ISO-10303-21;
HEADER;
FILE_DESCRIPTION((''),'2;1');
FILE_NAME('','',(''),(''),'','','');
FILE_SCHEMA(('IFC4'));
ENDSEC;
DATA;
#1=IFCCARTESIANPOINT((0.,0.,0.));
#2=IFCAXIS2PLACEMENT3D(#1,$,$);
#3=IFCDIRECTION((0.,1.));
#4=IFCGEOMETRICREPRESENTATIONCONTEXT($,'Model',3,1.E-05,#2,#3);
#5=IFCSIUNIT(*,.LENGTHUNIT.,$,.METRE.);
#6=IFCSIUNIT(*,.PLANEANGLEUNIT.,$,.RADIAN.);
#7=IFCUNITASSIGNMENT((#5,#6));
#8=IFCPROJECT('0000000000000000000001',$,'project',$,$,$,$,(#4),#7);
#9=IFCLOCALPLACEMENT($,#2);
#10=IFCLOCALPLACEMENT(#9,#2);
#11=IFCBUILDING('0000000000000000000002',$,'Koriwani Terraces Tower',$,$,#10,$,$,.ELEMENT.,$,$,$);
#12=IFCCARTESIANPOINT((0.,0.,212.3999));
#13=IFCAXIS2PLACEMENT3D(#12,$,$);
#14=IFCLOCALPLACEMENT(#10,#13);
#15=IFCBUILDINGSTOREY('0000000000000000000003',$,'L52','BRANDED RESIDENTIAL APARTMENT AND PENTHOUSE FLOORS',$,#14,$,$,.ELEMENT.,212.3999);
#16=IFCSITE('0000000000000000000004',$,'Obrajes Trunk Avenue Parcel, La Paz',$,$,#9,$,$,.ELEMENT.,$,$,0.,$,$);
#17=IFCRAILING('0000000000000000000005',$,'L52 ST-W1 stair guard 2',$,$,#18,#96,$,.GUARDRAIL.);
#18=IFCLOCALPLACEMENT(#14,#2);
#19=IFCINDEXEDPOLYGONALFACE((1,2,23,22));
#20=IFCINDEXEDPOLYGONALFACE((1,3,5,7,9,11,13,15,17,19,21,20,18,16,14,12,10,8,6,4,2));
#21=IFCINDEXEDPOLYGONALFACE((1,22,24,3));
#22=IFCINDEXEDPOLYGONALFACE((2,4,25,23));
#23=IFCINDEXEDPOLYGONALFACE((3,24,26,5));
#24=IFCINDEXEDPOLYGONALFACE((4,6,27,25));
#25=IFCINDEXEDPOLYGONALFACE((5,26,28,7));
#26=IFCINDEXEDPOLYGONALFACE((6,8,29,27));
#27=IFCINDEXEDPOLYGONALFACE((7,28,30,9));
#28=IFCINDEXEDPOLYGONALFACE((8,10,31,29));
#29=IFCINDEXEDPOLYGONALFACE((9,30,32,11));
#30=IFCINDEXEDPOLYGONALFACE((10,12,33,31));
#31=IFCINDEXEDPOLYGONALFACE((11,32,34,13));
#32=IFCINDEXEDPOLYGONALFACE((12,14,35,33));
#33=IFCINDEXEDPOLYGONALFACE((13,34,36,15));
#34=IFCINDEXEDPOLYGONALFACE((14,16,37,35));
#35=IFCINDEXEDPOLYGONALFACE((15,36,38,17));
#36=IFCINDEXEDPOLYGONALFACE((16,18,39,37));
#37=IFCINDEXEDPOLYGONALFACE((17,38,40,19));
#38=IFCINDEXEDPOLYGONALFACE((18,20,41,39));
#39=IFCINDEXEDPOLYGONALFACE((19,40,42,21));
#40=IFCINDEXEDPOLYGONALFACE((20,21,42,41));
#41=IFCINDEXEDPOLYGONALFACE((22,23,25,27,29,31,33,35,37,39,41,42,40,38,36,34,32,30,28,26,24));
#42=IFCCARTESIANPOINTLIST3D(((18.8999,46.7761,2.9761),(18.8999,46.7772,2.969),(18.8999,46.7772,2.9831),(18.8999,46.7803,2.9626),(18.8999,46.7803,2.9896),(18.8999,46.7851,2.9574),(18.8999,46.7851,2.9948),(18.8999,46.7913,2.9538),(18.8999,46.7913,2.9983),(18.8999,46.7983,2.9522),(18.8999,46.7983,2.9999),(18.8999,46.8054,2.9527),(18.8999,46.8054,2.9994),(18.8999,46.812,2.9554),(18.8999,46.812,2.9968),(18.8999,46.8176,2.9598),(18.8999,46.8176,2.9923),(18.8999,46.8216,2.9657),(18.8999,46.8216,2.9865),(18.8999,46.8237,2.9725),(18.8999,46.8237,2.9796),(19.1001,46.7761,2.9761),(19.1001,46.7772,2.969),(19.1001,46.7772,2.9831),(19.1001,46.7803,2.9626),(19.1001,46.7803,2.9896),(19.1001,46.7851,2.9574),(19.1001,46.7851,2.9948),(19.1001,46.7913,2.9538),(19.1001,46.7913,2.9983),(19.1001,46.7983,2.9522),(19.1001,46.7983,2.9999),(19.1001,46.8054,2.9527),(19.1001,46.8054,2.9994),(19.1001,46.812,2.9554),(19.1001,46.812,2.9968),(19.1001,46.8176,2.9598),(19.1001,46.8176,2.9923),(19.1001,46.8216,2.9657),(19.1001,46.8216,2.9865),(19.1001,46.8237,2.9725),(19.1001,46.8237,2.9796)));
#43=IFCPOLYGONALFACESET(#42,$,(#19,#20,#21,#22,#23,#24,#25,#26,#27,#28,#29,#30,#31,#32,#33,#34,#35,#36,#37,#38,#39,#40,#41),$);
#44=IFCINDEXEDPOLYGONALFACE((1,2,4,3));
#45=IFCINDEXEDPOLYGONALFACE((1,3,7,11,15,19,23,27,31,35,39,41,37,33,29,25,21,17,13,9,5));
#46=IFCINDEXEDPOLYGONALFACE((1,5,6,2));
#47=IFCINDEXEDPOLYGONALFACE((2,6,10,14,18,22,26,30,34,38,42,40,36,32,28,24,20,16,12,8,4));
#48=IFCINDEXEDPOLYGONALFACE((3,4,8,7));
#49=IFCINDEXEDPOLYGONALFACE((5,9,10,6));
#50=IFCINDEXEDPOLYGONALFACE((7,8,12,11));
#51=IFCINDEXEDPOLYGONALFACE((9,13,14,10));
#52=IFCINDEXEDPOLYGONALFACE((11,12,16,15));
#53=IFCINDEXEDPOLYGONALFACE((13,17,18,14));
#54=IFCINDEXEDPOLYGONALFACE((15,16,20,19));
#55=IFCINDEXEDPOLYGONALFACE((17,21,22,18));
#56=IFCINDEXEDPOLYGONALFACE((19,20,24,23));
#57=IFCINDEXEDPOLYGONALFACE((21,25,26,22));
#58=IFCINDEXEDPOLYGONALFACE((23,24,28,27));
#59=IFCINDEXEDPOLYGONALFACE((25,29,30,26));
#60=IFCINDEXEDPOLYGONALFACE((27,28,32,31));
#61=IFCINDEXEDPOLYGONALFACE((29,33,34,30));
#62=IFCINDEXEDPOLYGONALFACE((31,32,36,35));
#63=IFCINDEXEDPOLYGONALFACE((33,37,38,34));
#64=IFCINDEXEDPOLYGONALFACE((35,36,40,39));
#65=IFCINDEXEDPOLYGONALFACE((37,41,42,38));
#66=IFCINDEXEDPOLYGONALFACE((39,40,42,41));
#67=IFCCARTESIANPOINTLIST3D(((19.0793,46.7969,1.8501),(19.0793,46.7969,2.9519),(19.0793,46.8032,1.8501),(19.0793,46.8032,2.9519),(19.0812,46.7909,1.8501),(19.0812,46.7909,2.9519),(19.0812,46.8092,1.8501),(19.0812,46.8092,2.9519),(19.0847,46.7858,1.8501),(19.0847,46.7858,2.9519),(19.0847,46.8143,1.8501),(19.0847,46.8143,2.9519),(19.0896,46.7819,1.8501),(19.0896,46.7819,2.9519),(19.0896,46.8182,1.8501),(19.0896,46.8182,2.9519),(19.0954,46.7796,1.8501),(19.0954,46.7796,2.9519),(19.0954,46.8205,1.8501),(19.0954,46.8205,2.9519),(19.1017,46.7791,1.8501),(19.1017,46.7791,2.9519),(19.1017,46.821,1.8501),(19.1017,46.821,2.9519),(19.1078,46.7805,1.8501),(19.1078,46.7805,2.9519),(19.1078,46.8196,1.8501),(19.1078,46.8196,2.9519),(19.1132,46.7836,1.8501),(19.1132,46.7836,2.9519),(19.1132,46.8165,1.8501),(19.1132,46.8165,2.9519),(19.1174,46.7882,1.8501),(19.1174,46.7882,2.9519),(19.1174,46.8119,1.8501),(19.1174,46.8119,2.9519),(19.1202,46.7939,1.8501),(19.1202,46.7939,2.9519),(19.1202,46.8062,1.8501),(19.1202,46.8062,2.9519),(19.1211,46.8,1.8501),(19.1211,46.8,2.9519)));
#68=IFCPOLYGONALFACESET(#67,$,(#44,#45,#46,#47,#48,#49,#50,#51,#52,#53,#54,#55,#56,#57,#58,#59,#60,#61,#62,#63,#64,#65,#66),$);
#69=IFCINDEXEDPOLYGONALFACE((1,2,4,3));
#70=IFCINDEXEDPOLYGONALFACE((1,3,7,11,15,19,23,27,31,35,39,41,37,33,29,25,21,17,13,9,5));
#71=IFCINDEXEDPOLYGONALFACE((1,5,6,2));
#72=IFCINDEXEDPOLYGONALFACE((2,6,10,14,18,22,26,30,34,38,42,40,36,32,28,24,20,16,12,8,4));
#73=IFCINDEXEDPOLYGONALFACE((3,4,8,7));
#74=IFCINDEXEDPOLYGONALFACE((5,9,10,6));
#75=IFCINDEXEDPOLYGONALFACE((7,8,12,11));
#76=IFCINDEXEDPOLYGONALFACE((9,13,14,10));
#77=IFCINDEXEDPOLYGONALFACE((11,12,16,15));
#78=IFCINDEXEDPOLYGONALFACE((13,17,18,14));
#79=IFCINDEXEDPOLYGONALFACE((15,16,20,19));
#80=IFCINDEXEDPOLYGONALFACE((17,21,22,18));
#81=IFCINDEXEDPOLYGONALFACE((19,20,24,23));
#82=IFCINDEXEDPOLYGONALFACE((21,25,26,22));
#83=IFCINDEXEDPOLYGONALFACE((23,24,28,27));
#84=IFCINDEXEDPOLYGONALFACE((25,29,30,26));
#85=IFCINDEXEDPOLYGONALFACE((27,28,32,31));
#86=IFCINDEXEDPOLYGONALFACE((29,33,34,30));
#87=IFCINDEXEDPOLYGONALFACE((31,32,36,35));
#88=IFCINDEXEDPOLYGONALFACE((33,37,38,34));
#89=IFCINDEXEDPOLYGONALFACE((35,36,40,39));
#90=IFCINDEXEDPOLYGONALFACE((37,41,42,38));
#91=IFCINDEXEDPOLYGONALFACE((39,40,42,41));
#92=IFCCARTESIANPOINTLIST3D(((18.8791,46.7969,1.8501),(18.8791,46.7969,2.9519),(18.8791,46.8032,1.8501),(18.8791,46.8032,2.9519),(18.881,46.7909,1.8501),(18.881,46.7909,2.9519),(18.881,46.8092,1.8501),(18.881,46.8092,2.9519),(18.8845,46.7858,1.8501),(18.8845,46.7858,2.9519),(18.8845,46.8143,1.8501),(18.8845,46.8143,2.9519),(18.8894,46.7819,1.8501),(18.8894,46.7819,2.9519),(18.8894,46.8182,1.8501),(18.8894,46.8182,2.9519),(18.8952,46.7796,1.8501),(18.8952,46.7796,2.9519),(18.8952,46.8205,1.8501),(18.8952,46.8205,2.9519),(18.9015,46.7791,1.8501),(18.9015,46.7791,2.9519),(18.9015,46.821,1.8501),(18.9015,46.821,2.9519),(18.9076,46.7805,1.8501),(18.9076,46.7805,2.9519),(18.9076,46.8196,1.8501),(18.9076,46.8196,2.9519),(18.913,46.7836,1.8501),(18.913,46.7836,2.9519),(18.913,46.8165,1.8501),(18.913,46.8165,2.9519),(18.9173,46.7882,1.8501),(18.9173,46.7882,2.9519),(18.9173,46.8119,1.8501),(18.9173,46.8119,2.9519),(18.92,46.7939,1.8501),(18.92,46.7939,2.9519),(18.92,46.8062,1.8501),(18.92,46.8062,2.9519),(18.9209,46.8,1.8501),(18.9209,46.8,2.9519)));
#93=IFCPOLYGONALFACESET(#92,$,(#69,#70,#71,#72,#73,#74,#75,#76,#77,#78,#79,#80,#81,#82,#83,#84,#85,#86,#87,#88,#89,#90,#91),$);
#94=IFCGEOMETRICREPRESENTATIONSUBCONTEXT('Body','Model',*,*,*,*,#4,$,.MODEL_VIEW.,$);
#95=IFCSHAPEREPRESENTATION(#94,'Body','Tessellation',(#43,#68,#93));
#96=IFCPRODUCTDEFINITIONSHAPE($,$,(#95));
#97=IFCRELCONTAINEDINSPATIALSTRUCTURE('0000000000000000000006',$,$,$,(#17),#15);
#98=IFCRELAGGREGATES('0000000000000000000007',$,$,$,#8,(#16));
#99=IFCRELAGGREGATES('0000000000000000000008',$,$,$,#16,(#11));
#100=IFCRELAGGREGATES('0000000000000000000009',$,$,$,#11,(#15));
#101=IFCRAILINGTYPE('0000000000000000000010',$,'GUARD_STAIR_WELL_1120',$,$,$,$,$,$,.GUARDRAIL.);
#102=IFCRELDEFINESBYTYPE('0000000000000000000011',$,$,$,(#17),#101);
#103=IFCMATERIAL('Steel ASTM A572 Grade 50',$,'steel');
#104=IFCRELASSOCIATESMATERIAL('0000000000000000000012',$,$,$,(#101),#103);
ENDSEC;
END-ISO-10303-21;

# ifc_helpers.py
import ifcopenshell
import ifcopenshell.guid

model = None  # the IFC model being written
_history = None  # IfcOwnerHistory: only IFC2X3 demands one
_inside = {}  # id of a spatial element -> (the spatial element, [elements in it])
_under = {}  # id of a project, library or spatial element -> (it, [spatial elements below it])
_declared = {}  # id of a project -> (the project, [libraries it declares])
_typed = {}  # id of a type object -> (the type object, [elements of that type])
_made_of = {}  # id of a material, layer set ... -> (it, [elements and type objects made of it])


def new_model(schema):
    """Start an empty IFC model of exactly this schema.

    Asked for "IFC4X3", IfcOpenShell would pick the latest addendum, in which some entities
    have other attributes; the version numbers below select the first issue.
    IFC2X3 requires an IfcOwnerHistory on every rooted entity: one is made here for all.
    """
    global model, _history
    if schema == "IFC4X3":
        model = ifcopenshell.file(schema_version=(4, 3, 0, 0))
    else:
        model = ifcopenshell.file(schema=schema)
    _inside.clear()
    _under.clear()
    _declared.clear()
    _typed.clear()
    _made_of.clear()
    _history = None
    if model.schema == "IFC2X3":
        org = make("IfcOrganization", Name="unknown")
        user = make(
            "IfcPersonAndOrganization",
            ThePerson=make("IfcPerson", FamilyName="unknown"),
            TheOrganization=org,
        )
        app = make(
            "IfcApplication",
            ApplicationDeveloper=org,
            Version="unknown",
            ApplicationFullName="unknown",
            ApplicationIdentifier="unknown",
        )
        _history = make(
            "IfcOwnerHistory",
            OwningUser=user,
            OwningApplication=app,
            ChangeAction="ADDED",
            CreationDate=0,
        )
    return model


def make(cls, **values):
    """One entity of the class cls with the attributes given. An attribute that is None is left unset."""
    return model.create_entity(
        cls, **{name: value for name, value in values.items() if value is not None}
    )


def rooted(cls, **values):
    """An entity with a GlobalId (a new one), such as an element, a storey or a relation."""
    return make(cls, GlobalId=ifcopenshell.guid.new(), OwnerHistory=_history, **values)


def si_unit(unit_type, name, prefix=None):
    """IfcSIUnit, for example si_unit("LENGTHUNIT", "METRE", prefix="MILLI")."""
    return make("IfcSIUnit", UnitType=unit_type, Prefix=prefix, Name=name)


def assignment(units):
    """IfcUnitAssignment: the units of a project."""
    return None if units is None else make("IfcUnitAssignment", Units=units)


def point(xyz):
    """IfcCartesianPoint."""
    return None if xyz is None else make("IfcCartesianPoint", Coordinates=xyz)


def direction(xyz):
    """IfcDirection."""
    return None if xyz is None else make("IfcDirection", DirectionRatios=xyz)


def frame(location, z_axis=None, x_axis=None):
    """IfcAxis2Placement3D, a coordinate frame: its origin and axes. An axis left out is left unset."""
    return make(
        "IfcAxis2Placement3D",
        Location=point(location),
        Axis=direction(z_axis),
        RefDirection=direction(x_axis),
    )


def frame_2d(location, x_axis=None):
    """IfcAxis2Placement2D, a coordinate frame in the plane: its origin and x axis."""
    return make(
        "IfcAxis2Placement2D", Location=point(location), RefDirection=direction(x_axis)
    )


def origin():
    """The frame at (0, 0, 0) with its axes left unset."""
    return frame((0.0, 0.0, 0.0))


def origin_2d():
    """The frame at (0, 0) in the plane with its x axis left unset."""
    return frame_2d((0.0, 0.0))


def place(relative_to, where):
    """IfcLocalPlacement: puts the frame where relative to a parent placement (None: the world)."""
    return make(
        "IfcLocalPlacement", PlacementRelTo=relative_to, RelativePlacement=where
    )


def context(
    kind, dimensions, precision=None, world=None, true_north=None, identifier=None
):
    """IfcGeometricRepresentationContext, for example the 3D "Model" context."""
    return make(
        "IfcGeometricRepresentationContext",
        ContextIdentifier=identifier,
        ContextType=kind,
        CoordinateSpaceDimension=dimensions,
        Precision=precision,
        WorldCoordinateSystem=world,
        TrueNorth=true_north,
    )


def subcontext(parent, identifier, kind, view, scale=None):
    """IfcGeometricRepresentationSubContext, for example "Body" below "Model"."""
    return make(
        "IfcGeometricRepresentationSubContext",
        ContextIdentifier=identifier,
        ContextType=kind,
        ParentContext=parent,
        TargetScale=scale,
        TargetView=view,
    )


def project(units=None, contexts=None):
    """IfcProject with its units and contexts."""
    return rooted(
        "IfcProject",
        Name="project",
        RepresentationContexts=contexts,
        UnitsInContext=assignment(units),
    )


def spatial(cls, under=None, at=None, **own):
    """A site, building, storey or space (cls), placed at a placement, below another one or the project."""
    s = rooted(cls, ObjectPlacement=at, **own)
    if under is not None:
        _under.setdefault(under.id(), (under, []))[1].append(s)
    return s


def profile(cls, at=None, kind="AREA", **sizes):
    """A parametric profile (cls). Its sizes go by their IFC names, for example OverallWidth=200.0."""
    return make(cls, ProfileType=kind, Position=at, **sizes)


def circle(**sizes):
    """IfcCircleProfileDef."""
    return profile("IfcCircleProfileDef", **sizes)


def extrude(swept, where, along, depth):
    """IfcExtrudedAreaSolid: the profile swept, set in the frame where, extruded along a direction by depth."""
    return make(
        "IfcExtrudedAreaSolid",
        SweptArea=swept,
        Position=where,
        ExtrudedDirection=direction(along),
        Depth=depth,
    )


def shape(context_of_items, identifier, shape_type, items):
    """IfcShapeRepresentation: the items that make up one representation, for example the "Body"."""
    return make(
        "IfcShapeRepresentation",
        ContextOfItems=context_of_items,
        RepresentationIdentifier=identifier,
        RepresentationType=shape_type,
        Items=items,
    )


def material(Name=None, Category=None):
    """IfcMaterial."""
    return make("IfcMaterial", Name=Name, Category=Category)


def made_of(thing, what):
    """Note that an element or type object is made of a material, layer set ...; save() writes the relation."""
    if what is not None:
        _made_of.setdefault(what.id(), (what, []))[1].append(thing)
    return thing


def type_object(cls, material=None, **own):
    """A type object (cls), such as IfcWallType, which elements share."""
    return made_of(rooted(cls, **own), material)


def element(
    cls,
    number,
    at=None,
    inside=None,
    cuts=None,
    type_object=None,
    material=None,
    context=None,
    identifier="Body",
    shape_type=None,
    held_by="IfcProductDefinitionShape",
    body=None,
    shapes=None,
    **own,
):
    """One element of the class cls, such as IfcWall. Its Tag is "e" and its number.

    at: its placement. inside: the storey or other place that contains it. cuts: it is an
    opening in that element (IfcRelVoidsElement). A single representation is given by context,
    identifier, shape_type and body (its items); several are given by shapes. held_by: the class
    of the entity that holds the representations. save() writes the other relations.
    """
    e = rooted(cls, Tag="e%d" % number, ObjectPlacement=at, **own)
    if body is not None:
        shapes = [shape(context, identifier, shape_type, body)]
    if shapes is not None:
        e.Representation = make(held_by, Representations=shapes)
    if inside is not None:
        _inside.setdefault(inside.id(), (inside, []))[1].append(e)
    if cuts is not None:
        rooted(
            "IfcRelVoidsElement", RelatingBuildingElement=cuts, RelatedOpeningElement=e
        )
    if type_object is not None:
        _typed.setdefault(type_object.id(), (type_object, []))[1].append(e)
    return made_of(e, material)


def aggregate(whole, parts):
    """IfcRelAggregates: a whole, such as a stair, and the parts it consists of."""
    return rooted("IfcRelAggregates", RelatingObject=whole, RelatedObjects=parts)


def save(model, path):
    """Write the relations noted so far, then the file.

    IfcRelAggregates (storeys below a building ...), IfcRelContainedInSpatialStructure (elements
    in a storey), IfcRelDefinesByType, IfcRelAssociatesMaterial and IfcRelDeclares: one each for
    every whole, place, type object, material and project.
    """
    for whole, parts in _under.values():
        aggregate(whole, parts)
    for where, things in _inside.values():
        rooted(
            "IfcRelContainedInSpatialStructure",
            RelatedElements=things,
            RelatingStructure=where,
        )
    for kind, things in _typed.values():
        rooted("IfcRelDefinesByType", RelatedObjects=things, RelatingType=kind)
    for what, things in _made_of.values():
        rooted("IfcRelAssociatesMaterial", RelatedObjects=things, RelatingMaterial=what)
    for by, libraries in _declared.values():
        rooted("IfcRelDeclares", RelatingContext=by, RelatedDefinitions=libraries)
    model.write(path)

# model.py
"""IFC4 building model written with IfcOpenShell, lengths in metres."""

from ifc_helpers import new_model, si_unit, direction, frame, origin, origin_2d, place, context, subcontext, project, spatial, circle, extrude, material, type_object, element, save


model = new_model("IFC4")

# Units and contexts
model_context = context("Model", 3, precision=1e-05, world=origin(), true_north=direction((0.0, 1.0)))
body_context = subcontext(model_context, "Body", "Model", "MODEL_VIEW")
ifc_project = project(units=[si_unit("LENGTHUNIT", "METRE"), si_unit("PLANEANGLEUNIT", "RADIAN")], contexts=[model_context])

# Site, building, storey
site_placement = place(None, origin())
site = spatial("IfcSite", under=ifc_project, at=site_placement, Name="Obrajes Trunk Avenue Parcel, La Paz", CompositionType="ELEMENT", RefElevation=0.0)
building_placement = place(site_placement, origin())
building = spatial("IfcBuilding", under=site, at=building_placement, Name="Koriwani Terraces Tower", CompositionType="ELEMENT")
storey_placement = place(building_placement, frame((0.0, 0.0, 212.3999)))
storey = spatial("IfcBuildingStorey", under=building, at=storey_placement, Name="L52", Description="BRANDED RESIDENTIAL APARTMENT AND PENTHOUSE FLOORS", CompositionType="ELEMENT", Elevation=212.3999)

# Shared definitions
ifc_material_1 = material(Name="Steel ASTM A572 Grade 50", Category="steel")

# Railing
railing_type_1 = type_object("IfcRailingType", Name="GUARD_STAIR_WELL_1120", PredefinedType="GUARDRAIL", material=ifc_material_1)
railing_1_placement = place(storey_placement, frame((19.1001, 46.8, 1.8501)))
element("IfcRailing", 1, at=railing_1_placement, inside=storey, type_object=railing_type_1, Name="L52 ST-W1 stair guard 2", PredefinedType="GUARDRAIL", context=body_context, shape_type="SweptSolid", body=[
    extrude(circle(Radius=0.0239, at=origin_2d()), frame((0.0, 0.0, 1.126), z_axis=(-1.0, 0.0, 0.0), x_axis=(0.0, -1.0, 0.0)), (0.0, 0.0, 1.0), 0.2002),
    extrude(circle(Radius=0.021, at=origin_2d()), origin(), (0.0, 0.0, 1.0), 1.1018),
    extrude(circle(Radius=0.021, at=origin_2d()), frame((-0.2002, 0.0, 0.0)), (0.0, 0.0, 1.0), 1.1018),
])

save(model, "model.ifc")
